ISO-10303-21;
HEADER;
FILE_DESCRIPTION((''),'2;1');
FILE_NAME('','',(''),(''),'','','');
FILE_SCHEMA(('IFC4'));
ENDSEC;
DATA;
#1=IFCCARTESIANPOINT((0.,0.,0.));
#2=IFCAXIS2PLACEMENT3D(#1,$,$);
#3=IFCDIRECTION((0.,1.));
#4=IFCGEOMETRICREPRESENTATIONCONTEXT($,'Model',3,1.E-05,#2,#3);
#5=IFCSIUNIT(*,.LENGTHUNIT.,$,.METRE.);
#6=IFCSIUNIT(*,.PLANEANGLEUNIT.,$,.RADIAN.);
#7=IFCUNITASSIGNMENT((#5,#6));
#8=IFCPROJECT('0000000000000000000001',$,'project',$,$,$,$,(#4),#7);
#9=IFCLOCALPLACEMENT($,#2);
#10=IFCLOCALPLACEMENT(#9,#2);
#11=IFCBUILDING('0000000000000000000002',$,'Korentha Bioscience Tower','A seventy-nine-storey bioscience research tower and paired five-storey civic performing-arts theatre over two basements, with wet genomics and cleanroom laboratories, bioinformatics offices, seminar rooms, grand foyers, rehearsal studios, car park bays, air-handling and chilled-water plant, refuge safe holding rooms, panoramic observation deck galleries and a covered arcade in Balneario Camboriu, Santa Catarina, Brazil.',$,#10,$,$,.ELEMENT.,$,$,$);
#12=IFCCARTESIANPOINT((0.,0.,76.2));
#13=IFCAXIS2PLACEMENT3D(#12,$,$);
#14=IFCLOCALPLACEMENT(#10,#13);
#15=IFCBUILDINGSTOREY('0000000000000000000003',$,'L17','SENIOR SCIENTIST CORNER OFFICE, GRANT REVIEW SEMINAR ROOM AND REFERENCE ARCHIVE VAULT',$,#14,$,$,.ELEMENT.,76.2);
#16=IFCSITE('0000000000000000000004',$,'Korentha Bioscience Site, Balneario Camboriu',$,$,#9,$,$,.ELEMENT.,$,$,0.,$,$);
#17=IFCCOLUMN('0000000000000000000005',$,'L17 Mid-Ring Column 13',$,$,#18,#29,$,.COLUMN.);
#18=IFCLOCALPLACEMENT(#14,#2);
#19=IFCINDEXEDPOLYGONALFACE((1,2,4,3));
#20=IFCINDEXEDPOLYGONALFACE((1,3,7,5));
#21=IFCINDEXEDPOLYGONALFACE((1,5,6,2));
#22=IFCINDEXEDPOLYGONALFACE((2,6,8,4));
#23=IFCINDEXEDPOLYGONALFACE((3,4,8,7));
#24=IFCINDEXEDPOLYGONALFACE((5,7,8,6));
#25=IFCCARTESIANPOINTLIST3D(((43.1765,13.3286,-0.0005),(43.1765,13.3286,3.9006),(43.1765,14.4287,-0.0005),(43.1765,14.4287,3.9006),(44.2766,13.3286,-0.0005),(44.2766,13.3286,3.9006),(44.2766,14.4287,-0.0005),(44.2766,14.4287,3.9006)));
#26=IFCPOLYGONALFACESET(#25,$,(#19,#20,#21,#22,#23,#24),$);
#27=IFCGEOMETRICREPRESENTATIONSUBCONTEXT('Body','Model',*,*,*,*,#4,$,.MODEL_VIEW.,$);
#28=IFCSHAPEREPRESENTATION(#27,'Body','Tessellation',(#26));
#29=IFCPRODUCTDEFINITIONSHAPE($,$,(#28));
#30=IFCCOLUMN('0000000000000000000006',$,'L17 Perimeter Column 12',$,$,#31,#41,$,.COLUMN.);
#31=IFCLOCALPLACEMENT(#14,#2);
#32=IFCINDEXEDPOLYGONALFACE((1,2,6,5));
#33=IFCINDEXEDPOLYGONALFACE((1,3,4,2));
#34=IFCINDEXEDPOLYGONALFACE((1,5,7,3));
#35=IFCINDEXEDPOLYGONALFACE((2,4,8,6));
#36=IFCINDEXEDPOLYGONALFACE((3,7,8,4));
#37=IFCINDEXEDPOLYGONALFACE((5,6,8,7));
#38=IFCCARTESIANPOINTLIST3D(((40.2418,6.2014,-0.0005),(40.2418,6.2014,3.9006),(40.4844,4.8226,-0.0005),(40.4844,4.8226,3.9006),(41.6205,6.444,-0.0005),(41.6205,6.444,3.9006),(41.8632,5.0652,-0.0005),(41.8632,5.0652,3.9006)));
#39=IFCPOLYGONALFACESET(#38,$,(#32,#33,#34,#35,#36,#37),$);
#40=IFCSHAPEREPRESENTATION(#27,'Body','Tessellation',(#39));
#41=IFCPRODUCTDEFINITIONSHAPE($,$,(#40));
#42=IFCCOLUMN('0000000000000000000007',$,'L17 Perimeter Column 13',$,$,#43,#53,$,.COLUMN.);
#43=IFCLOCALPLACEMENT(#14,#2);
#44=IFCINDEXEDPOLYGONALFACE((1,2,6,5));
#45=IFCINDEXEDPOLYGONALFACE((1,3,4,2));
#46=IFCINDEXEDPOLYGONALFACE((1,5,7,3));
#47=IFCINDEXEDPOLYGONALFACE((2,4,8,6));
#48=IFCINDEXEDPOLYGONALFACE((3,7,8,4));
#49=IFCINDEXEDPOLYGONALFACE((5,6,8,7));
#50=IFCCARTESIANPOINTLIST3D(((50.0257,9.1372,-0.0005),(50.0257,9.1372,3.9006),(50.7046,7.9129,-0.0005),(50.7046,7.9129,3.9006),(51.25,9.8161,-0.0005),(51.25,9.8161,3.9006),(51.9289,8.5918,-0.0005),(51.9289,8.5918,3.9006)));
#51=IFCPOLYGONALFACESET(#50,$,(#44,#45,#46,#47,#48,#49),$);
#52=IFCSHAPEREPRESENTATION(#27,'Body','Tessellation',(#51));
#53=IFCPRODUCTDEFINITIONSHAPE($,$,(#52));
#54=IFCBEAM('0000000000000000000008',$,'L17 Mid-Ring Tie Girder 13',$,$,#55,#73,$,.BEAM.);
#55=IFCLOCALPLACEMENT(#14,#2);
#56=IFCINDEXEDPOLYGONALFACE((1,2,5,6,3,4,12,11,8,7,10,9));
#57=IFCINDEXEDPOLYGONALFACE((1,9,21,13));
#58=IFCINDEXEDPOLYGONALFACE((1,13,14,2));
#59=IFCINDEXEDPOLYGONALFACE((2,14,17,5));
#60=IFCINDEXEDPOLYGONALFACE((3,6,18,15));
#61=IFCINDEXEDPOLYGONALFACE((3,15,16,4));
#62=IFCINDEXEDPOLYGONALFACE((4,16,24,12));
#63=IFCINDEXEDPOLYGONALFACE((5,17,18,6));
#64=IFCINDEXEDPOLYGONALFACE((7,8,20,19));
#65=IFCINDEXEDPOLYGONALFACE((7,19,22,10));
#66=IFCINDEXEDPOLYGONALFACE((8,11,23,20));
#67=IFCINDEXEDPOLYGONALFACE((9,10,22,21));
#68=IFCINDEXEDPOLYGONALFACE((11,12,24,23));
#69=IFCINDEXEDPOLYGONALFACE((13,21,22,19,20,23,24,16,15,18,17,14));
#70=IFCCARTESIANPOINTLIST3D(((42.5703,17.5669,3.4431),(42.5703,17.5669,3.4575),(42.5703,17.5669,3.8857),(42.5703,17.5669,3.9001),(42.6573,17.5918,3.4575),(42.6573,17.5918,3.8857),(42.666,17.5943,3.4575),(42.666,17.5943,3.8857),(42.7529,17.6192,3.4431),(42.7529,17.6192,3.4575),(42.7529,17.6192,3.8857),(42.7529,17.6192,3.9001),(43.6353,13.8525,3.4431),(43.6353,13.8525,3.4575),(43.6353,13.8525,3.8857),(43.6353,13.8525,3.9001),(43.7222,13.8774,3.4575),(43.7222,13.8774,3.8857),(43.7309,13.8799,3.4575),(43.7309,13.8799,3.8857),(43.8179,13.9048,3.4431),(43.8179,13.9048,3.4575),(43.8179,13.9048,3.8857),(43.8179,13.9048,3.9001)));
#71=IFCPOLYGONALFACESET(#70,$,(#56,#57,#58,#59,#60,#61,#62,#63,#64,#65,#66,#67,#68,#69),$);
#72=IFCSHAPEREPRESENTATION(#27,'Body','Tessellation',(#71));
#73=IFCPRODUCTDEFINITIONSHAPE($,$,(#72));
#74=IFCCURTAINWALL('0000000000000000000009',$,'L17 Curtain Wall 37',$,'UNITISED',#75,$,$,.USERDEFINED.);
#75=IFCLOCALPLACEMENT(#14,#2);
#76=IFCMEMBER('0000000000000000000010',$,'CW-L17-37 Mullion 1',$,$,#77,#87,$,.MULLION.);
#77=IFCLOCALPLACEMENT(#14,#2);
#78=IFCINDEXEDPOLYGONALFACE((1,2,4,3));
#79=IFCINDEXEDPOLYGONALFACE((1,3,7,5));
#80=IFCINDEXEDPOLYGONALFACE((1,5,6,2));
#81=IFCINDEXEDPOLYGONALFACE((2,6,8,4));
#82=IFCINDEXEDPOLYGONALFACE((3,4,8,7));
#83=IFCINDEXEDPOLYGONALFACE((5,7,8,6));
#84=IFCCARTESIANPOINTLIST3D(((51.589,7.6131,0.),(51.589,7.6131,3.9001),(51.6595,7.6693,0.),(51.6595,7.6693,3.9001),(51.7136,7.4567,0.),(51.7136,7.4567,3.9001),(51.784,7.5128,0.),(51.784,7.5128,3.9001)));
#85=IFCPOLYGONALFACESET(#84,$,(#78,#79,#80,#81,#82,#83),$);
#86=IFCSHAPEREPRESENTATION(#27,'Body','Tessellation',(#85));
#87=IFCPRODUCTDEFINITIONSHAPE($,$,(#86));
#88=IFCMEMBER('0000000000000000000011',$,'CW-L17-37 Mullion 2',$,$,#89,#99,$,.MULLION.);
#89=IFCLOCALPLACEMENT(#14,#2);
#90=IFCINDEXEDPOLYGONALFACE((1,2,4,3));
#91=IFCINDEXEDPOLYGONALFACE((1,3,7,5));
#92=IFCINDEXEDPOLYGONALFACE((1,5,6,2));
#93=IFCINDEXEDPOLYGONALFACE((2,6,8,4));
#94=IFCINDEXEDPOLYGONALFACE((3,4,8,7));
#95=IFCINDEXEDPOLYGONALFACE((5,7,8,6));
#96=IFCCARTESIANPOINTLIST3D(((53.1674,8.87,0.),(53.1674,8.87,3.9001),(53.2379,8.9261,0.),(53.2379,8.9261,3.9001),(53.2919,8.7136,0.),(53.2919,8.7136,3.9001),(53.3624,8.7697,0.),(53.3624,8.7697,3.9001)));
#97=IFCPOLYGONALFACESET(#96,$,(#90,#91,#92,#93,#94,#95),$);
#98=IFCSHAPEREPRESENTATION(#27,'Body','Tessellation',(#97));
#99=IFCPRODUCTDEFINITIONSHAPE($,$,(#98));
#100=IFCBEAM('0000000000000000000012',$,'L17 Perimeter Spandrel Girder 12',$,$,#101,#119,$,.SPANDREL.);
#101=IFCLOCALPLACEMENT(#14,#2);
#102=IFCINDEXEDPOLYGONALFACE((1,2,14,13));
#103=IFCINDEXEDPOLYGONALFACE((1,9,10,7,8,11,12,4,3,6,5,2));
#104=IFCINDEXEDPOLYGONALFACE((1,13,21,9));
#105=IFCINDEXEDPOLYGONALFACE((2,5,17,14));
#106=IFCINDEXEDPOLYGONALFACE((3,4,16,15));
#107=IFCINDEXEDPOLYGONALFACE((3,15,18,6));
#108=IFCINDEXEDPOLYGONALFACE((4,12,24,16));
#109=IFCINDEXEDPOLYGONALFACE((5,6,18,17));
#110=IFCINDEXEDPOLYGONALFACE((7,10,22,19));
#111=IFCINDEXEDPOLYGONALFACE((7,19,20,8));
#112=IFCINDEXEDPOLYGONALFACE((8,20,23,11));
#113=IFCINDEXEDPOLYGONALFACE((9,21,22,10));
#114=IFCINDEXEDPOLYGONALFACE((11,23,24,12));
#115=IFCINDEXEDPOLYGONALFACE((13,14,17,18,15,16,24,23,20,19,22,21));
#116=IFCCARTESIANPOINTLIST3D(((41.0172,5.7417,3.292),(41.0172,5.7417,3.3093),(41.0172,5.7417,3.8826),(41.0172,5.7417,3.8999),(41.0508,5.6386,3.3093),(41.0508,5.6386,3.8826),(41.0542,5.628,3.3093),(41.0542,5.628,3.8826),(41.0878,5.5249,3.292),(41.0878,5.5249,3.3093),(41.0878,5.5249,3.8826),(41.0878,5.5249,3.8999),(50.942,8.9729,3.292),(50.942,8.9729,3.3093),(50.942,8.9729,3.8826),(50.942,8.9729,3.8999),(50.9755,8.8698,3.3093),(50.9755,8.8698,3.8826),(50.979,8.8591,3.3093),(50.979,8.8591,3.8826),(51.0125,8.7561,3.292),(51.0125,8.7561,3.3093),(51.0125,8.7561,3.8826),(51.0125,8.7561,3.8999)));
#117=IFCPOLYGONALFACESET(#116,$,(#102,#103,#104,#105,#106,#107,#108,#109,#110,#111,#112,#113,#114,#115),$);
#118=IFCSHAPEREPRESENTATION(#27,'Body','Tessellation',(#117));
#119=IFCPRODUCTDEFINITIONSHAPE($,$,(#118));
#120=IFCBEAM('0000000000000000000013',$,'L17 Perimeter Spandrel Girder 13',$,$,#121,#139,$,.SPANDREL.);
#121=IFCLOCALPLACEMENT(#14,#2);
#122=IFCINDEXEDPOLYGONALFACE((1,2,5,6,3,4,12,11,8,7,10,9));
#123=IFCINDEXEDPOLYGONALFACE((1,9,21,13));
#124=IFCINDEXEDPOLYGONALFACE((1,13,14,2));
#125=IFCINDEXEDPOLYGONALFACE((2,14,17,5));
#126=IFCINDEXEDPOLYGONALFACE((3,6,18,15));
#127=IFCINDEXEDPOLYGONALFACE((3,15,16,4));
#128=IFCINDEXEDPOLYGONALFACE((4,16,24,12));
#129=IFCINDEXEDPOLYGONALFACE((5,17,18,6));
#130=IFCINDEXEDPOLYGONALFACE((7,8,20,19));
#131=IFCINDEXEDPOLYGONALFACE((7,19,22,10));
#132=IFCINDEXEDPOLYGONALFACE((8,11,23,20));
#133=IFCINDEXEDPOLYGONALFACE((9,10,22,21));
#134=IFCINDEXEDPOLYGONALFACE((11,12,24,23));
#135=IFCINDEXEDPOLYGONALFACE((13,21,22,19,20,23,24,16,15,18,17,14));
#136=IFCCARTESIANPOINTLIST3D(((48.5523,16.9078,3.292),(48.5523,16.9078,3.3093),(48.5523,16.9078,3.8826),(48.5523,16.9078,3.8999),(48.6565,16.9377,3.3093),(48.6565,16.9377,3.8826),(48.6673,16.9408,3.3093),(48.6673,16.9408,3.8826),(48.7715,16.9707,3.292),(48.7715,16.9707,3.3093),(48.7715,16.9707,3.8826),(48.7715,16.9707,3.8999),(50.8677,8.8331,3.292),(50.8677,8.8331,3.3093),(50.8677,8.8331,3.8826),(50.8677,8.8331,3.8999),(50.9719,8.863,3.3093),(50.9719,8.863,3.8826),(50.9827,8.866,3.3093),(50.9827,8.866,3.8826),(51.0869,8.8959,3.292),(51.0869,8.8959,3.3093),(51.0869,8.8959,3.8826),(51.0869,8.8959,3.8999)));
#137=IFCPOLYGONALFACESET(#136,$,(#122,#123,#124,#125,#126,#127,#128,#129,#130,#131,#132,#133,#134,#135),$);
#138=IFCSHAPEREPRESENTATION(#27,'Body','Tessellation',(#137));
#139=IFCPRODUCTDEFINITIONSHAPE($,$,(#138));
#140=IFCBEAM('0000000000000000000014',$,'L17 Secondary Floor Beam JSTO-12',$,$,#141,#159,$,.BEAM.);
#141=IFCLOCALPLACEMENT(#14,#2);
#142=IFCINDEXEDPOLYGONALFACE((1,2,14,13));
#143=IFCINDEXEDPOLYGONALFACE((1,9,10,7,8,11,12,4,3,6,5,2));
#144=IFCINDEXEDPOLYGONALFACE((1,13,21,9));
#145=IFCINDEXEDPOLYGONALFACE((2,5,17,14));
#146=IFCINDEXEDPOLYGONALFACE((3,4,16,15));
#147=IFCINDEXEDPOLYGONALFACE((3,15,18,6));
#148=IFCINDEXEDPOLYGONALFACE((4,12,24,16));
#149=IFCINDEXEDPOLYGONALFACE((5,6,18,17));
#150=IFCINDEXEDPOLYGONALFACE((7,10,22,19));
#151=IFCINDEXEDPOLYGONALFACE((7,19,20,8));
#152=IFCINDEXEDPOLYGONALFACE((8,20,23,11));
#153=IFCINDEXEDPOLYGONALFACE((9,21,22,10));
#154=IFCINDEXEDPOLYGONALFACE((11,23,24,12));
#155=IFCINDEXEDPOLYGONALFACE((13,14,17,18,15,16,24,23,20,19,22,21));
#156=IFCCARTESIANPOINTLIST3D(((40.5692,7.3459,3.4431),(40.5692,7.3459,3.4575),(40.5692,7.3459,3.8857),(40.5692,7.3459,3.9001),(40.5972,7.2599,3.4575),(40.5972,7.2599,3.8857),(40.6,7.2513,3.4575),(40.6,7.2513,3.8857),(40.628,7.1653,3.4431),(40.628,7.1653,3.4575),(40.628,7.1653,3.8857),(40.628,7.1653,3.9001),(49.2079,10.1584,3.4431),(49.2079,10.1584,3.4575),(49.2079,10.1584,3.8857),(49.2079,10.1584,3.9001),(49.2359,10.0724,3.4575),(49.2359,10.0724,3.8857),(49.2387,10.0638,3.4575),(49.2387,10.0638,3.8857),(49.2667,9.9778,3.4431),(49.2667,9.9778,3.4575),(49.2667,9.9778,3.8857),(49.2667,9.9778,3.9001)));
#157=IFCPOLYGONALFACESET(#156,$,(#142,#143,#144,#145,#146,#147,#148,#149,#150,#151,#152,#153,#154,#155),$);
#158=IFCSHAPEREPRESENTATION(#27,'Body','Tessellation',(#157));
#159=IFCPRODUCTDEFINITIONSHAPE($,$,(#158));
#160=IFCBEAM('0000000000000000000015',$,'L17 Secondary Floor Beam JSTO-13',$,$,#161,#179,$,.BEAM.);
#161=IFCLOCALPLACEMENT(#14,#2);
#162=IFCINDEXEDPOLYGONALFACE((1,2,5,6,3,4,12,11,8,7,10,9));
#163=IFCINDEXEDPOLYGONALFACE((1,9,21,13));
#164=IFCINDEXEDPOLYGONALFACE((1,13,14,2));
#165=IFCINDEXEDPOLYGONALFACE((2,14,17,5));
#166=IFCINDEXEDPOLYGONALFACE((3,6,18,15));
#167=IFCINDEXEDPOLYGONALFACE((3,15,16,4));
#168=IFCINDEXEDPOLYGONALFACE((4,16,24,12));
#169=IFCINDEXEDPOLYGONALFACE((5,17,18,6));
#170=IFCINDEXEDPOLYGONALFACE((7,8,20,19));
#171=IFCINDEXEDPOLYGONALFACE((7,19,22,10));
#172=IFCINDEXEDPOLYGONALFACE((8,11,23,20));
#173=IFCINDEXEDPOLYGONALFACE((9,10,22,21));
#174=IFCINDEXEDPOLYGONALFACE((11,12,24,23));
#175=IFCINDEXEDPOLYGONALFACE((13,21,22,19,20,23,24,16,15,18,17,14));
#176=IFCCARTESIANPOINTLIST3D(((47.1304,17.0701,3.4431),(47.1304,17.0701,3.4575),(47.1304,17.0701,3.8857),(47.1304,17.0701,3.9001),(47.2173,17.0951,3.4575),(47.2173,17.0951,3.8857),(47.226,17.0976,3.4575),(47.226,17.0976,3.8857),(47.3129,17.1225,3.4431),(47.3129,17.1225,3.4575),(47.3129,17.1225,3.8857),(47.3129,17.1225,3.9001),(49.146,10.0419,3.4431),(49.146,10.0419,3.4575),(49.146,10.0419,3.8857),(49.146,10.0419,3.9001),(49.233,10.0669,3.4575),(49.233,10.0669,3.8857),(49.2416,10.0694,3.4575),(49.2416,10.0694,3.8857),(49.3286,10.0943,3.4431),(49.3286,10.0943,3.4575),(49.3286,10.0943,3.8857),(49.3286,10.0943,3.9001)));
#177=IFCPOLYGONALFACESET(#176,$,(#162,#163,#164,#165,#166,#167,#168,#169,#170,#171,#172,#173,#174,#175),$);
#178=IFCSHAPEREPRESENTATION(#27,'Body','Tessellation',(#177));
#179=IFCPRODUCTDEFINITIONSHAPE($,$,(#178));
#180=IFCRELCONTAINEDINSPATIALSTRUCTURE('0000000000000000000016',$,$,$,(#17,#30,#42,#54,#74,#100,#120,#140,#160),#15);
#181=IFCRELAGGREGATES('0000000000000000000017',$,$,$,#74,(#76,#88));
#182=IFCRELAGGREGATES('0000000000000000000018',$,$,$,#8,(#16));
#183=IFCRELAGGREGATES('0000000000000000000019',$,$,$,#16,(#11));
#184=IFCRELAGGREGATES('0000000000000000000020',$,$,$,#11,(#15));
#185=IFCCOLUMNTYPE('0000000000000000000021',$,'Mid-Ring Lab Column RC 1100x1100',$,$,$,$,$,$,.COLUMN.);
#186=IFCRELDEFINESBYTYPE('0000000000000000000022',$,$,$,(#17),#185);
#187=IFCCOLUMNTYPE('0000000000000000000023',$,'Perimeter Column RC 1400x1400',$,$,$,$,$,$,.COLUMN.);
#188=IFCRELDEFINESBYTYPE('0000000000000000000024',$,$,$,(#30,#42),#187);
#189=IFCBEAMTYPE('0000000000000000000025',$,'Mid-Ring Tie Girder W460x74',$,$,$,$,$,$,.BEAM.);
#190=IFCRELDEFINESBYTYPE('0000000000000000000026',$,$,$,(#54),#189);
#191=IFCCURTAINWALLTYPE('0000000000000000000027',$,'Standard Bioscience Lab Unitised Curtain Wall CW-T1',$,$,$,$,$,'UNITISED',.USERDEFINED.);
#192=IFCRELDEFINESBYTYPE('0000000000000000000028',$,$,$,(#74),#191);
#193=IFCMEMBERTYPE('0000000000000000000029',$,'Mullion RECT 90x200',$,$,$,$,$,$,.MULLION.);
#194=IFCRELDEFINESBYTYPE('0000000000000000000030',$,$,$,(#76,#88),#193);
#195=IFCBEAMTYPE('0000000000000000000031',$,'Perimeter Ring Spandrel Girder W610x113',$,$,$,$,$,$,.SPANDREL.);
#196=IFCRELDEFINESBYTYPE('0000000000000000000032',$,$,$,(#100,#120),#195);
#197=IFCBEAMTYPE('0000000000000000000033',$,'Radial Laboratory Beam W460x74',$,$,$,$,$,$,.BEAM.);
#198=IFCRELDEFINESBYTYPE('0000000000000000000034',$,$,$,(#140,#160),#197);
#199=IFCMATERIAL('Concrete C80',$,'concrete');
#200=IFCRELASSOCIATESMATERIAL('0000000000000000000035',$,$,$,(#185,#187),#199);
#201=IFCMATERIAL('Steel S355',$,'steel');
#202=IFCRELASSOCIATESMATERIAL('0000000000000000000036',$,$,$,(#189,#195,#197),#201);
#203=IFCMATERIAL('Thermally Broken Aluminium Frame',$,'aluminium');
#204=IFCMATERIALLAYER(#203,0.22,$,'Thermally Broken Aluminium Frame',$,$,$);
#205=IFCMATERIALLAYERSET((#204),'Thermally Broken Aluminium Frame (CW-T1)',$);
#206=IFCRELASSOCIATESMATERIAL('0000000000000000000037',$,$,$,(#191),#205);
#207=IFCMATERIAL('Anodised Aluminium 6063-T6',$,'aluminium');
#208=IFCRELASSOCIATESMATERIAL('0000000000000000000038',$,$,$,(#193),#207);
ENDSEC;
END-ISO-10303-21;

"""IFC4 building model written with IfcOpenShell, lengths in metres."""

from ifc_helpers import new_model, si_unit, direction, frame, origin, origin_2d, place, context, subcontext, project, spatial, rectangle, i_section, extrude, material, layer, layer_set, material_profile, profile_set, type_object, element, aggregate, save


model = new_model("IFC4")

# Units and contexts
model_context = context("Model", 3, precision=1e-05, world=origin(), true_north=direction((0.0, 1.0)))
body_context = subcontext(model_context, "Body", "Model", "MODEL_VIEW")
ifc_project = project(units=[si_unit("LENGTHUNIT", "METRE"), si_unit("PLANEANGLEUNIT", "RADIAN")], contexts=[model_context])

# Site, building, storey
site_placement = place(None, origin())
site = spatial("IfcSite", under=ifc_project, at=site_placement, Name="Korentha Bioscience Site, Balneario Camboriu", CompositionType="ELEMENT", RefElevation=0.0)
building_placement = place(site_placement, origin())
building = spatial("IfcBuilding", under=site, at=building_placement, Name="Korentha Bioscience Tower", Description="A seventy-nine-storey bioscience research tower and paired five-storey civic performing-arts theatre over two basements, with wet genomics and cleanroom laboratories, bioinformatics offices, seminar rooms, grand foyers, rehearsal studios, car park bays, air-handling and chilled-water plant, refuge safe holding rooms, panoramic observation deck galleries and a covered arcade in Balneario Camboriu, Santa Catarina, Brazil.", CompositionType="ELEMENT")
storey_placement = place(building_placement, frame((0.0, 0.0, 76.2)))
storey = spatial("IfcBuildingStorey", under=building, at=storey_placement, Name="L17", Description="SENIOR SCIENTIST CORNER OFFICE, GRANT REVIEW SEMINAR ROOM AND REFERENCE ARCHIVE VAULT", CompositionType="ELEMENT", Elevation=76.2)

# Columns
ifc_material_1 = material(Name="Concrete C80", Category="concrete")
ifc_material_profile_1 = material_profile(ifc_material_1, rectangle(XDim=1.1001, YDim=1.1001, at=origin_2d()), Name="Concrete C80")
ifc_profile_set_1 = profile_set([ifc_material_profile_1], Name="Concrete C80 (COL-MR11)")
column_type_1 = type_object("IfcColumnType", Name="Mid-Ring Lab Column RC 1100x1100", PredefinedType="COLUMN", material=ifc_profile_set_1)
column_placement = place(storey_placement, frame((43.7266, 13.8787, -0.0005), z_axis=(0.0, 0.0, 1.0), x_axis=(1.0, 0.0, 0.0)))
element("IfcColumn", 1, at=column_placement, inside=storey, type_object=column_type_1, Name="L17 Mid-Ring Column 13", PredefinedType="COLUMN", context=body_context, shape_type="SweptSolid", body=[
    extrude(rectangle(XDim=1.1001, YDim=1.1001, at=origin_2d()), origin(), (0.0, 0.0, 1.0), 3.9011),
])
ifc_material_profile_2 = material_profile(ifc_material_1, rectangle(XDim=1.3999, YDim=1.3999, at=origin_2d()), Name="Concrete C80")
ifc_profile_set_2 = profile_set([ifc_material_profile_2], Name="Concrete C80 (COL-P14)")
column_type_2 = type_object("IfcColumnType", Name="Perimeter Column RC 1400x1400", PredefinedType="COLUMN", material=ifc_profile_set_2)
for number, where, z_axis, x_axis, name in (
    (2, (41.0525, 5.6333, -0.0005), (0.0, 0.0, 1.0), (0.984868, 0.173304, 0.0), "L17 Perimeter Column 12"),
    (3, (50.9773, 8.8645, -0.0005), (0.0, 0.0, 1.0), (0.874535, 0.484962, 0.0), "L17 Perimeter Column 13"),
):
    element("IfcColumn", number, at=place(storey_placement, frame(where, z_axis=z_axis, x_axis=x_axis)), inside=storey, type_object=column_type_2, Name=name, PredefinedType="COLUMN", context=body_context, shape_type="SweptSolid", body=[
        extrude(rectangle(XDim=1.3999, YDim=1.3999, at=origin_2d()), origin(), (0.0, 0.0, 1.0), 3.9011),
    ])

# Beam
ifc_material_2 = material(Name="Steel S355", Category="steel")
ifc_material_profile_3 = material_profile(ifc_material_2, i_section(OverallWidth=0.1899, OverallDepth=0.457, WebThickness=0.009, FlangeThickness=0.0144, at=origin_2d()), Name="Steel S355")
ifc_profile_set_3 = profile_set([ifc_material_profile_3], Name="Steel S355 (MB-460)")
beam_type_1 = type_object("IfcBeamType", Name="Mid-Ring Tie Girder W460x74", PredefinedType="BEAM", material=ifc_profile_set_3)
beam_1_placement = place(storey_placement, frame((43.7266, 13.8787, 3.6716), z_axis=(-0.275606, 0.961271, 0.0), x_axis=(-0.961271, -0.275606, 0.0)))
element("IfcBeam", 4, at=beam_1_placement, inside=storey, type_object=beam_type_1, Name="L17 Mid-Ring Tie Girder 13", PredefinedType="BEAM", context=body_context, shape_type="SweptSolid", body=[
    extrude(i_section(OverallWidth=0.1899, OverallDepth=0.457, WebThickness=0.009, FlangeThickness=0.0144, at=origin_2d()), origin(), (0.0, 0.0, 1.0), 3.864),
])

# Curtain wall, members
ifc_material_3 = material(Name="Thermally Broken Aluminium Frame", Category="aluminium")
ifc_layer_1 = layer(ifc_material_3, 0.22, Name="Thermally Broken Aluminium Frame")
ifc_layer_set_1 = layer_set([ifc_layer_1], Name="Thermally Broken Aluminium Frame (CW-T1)")
curtain_wall_type = type_object("IfcCurtainWallType", Name="Standard Bioscience Lab Unitised Curtain Wall CW-T1", ElementType="UNITISED", PredefinedType="USERDEFINED", material=ifc_layer_set_1)
curtain_wall_placement = place(storey_placement, origin())
curtain_wall = element("IfcCurtainWall", 5, at=curtain_wall_placement, inside=storey, type_object=curtain_wall_type, Name="L17 Curtain Wall 37", ObjectType="UNITISED", PredefinedType="USERDEFINED")
ifc_material_4 = material(Name="Anodised Aluminium 6063-T6", Category="aluminium")
ifc_material_profile_4 = material_profile(ifc_material_4, rectangle(XDim=0.0901, YDim=0.2, at=origin_2d()), Name="Anodised Aluminium 6063-T6")
ifc_profile_set_4 = profile_set([ifc_material_profile_4], Name="Anodised Aluminium 6063-T6 (CW-MUL)")
member_type_1 = type_object("IfcMemberType", Name="Mullion RECT 90x200", PredefinedType="MULLION", material=ifc_profile_set_4)
member_1_placement = place(storey_placement, frame((51.6865, 7.563, 0.0), z_axis=(0.0, 0.0, 1.0), x_axis=(0.782288, 0.622917, 0.0)))
member_1 = element("IfcMember", 6, at=member_1_placement, type_object=member_type_1, Name="CW-L17-37 Mullion 1", PredefinedType="MULLION", context=body_context, shape_type="SweptSolid", body=[
    extrude(rectangle(XDim=0.0901, YDim=0.2, at=origin_2d()), origin(), (0.0, 0.0, 1.0), 3.9001),
])
member_2_placement = place(storey_placement, frame((53.2649, 8.8198, 0.0), z_axis=(0.0, 0.0, 1.0), x_axis=(0.782288, 0.622917, 0.0)))
member_2 = element("IfcMember", 7, at=member_2_placement, type_object=member_type_1, Name="CW-L17-37 Mullion 2", PredefinedType="MULLION", context=body_context, shape_type="SweptSolid", body=[
    extrude(rectangle(XDim=0.0901, YDim=0.2, at=origin_2d()), origin(), (0.0, 0.0, 1.0), 3.9001),
])

# Beams
ifc_material_profile_5 = material_profile(ifc_material_2, i_section(OverallWidth=0.228, OverallDepth=0.6079, WebThickness=0.0112, FlangeThickness=0.0173, at=origin_2d()), Name="Steel S355")
ifc_profile_set_5 = profile_set([ifc_material_profile_5], Name="Steel S355 (SB-610)")
beam_type_2 = type_object("IfcBeamType", Name="Perimeter Ring Spandrel Girder W610x113", PredefinedType="SPANDREL", material=ifc_profile_set_5)
beam_2_placement = place(storey_placement, frame((41.0525, 5.6333, 3.5959), z_axis=(0.950875, 0.309575, 0.0), x_axis=(-0.309575, 0.950875, 0.0)))
element("IfcBeam", 8, at=beam_2_placement, inside=storey, type_object=beam_type_2, Name="L17 Perimeter Spandrel Girder 12", PredefinedType="SPANDREL", context=body_context, shape_type="SweptSolid", body=[
    extrude(i_section(OverallWidth=0.228, OverallDepth=0.6079, WebThickness=0.0112, FlangeThickness=0.0173, at=origin_2d()), origin(), (0.0, 0.0, 1.0), 10.4375),
])
beam_3_placement = place(storey_placement, frame((50.9773, 8.8645, 3.5959), z_axis=(-0.275642, 0.96126, 0.0), x_axis=(-0.96126, -0.275642, 0.0)))
element("IfcBeam", 9, at=beam_3_placement, inside=storey, type_object=beam_type_2, Name="L17 Perimeter Spandrel Girder 13", PredefinedType="SPANDREL", context=body_context, shape_type="SweptSolid", body=[
    extrude(i_section(OverallWidth=0.228, OverallDepth=0.6079, WebThickness=0.0112, FlangeThickness=0.0173, at=origin_2d()), origin(), (0.0, 0.0, 1.0), 8.4001),
])
ifc_material_profile_6 = material_profile(ifc_material_2, i_section(OverallWidth=0.1899, OverallDepth=0.457, WebThickness=0.009, FlangeThickness=0.0144, at=origin_2d()), Name="Steel S355")
ifc_profile_set_6 = profile_set([ifc_material_profile_6], Name="Steel S355 (RB-460)")
beam_type_3 = type_object("IfcBeamType", Name="Radial Laboratory Beam W460x74", PredefinedType="BEAM", material=ifc_profile_set_6)
beam_4_placement = place(storey_placement, frame((40.5986, 7.2556, 3.6716), z_axis=(0.950874, 0.309577, 0.0), x_axis=(-0.309577, 0.950874, 0.0)))
element("IfcBeam", 10, at=beam_4_placement, inside=storey, type_object=beam_type_3, Name="L17 Secondary Floor Beam JSTO-12", PredefinedType="BEAM", context=body_context, shape_type="SweptSolid", body=[
    extrude(i_section(OverallWidth=0.1899, OverallDepth=0.457, WebThickness=0.009, FlangeThickness=0.0144, at=origin_2d()), origin(), (0.0, 0.0, 1.0), 9.085),
])
beam_5_placement = place(storey_placement, frame((49.2373, 10.0681, 3.6716), z_axis=(-0.275682, 0.961249, 0.0), x_axis=(-0.961249, -0.275682, 0.0)))
element("IfcBeam", 11, at=beam_5_placement, inside=storey, type_object=beam_type_3, Name="L17 Secondary Floor Beam JSTO-13", PredefinedType="BEAM", context=body_context, shape_type="SweptSolid", body=[
    extrude(i_section(OverallWidth=0.1899, OverallDepth=0.457, WebThickness=0.009, FlangeThickness=0.0144, at=origin_2d()), origin(), (0.0, 0.0, 1.0), 7.3115),
])

aggregate(curtain_wall, [member_1, member_2])

save(model, "model.ifc")
